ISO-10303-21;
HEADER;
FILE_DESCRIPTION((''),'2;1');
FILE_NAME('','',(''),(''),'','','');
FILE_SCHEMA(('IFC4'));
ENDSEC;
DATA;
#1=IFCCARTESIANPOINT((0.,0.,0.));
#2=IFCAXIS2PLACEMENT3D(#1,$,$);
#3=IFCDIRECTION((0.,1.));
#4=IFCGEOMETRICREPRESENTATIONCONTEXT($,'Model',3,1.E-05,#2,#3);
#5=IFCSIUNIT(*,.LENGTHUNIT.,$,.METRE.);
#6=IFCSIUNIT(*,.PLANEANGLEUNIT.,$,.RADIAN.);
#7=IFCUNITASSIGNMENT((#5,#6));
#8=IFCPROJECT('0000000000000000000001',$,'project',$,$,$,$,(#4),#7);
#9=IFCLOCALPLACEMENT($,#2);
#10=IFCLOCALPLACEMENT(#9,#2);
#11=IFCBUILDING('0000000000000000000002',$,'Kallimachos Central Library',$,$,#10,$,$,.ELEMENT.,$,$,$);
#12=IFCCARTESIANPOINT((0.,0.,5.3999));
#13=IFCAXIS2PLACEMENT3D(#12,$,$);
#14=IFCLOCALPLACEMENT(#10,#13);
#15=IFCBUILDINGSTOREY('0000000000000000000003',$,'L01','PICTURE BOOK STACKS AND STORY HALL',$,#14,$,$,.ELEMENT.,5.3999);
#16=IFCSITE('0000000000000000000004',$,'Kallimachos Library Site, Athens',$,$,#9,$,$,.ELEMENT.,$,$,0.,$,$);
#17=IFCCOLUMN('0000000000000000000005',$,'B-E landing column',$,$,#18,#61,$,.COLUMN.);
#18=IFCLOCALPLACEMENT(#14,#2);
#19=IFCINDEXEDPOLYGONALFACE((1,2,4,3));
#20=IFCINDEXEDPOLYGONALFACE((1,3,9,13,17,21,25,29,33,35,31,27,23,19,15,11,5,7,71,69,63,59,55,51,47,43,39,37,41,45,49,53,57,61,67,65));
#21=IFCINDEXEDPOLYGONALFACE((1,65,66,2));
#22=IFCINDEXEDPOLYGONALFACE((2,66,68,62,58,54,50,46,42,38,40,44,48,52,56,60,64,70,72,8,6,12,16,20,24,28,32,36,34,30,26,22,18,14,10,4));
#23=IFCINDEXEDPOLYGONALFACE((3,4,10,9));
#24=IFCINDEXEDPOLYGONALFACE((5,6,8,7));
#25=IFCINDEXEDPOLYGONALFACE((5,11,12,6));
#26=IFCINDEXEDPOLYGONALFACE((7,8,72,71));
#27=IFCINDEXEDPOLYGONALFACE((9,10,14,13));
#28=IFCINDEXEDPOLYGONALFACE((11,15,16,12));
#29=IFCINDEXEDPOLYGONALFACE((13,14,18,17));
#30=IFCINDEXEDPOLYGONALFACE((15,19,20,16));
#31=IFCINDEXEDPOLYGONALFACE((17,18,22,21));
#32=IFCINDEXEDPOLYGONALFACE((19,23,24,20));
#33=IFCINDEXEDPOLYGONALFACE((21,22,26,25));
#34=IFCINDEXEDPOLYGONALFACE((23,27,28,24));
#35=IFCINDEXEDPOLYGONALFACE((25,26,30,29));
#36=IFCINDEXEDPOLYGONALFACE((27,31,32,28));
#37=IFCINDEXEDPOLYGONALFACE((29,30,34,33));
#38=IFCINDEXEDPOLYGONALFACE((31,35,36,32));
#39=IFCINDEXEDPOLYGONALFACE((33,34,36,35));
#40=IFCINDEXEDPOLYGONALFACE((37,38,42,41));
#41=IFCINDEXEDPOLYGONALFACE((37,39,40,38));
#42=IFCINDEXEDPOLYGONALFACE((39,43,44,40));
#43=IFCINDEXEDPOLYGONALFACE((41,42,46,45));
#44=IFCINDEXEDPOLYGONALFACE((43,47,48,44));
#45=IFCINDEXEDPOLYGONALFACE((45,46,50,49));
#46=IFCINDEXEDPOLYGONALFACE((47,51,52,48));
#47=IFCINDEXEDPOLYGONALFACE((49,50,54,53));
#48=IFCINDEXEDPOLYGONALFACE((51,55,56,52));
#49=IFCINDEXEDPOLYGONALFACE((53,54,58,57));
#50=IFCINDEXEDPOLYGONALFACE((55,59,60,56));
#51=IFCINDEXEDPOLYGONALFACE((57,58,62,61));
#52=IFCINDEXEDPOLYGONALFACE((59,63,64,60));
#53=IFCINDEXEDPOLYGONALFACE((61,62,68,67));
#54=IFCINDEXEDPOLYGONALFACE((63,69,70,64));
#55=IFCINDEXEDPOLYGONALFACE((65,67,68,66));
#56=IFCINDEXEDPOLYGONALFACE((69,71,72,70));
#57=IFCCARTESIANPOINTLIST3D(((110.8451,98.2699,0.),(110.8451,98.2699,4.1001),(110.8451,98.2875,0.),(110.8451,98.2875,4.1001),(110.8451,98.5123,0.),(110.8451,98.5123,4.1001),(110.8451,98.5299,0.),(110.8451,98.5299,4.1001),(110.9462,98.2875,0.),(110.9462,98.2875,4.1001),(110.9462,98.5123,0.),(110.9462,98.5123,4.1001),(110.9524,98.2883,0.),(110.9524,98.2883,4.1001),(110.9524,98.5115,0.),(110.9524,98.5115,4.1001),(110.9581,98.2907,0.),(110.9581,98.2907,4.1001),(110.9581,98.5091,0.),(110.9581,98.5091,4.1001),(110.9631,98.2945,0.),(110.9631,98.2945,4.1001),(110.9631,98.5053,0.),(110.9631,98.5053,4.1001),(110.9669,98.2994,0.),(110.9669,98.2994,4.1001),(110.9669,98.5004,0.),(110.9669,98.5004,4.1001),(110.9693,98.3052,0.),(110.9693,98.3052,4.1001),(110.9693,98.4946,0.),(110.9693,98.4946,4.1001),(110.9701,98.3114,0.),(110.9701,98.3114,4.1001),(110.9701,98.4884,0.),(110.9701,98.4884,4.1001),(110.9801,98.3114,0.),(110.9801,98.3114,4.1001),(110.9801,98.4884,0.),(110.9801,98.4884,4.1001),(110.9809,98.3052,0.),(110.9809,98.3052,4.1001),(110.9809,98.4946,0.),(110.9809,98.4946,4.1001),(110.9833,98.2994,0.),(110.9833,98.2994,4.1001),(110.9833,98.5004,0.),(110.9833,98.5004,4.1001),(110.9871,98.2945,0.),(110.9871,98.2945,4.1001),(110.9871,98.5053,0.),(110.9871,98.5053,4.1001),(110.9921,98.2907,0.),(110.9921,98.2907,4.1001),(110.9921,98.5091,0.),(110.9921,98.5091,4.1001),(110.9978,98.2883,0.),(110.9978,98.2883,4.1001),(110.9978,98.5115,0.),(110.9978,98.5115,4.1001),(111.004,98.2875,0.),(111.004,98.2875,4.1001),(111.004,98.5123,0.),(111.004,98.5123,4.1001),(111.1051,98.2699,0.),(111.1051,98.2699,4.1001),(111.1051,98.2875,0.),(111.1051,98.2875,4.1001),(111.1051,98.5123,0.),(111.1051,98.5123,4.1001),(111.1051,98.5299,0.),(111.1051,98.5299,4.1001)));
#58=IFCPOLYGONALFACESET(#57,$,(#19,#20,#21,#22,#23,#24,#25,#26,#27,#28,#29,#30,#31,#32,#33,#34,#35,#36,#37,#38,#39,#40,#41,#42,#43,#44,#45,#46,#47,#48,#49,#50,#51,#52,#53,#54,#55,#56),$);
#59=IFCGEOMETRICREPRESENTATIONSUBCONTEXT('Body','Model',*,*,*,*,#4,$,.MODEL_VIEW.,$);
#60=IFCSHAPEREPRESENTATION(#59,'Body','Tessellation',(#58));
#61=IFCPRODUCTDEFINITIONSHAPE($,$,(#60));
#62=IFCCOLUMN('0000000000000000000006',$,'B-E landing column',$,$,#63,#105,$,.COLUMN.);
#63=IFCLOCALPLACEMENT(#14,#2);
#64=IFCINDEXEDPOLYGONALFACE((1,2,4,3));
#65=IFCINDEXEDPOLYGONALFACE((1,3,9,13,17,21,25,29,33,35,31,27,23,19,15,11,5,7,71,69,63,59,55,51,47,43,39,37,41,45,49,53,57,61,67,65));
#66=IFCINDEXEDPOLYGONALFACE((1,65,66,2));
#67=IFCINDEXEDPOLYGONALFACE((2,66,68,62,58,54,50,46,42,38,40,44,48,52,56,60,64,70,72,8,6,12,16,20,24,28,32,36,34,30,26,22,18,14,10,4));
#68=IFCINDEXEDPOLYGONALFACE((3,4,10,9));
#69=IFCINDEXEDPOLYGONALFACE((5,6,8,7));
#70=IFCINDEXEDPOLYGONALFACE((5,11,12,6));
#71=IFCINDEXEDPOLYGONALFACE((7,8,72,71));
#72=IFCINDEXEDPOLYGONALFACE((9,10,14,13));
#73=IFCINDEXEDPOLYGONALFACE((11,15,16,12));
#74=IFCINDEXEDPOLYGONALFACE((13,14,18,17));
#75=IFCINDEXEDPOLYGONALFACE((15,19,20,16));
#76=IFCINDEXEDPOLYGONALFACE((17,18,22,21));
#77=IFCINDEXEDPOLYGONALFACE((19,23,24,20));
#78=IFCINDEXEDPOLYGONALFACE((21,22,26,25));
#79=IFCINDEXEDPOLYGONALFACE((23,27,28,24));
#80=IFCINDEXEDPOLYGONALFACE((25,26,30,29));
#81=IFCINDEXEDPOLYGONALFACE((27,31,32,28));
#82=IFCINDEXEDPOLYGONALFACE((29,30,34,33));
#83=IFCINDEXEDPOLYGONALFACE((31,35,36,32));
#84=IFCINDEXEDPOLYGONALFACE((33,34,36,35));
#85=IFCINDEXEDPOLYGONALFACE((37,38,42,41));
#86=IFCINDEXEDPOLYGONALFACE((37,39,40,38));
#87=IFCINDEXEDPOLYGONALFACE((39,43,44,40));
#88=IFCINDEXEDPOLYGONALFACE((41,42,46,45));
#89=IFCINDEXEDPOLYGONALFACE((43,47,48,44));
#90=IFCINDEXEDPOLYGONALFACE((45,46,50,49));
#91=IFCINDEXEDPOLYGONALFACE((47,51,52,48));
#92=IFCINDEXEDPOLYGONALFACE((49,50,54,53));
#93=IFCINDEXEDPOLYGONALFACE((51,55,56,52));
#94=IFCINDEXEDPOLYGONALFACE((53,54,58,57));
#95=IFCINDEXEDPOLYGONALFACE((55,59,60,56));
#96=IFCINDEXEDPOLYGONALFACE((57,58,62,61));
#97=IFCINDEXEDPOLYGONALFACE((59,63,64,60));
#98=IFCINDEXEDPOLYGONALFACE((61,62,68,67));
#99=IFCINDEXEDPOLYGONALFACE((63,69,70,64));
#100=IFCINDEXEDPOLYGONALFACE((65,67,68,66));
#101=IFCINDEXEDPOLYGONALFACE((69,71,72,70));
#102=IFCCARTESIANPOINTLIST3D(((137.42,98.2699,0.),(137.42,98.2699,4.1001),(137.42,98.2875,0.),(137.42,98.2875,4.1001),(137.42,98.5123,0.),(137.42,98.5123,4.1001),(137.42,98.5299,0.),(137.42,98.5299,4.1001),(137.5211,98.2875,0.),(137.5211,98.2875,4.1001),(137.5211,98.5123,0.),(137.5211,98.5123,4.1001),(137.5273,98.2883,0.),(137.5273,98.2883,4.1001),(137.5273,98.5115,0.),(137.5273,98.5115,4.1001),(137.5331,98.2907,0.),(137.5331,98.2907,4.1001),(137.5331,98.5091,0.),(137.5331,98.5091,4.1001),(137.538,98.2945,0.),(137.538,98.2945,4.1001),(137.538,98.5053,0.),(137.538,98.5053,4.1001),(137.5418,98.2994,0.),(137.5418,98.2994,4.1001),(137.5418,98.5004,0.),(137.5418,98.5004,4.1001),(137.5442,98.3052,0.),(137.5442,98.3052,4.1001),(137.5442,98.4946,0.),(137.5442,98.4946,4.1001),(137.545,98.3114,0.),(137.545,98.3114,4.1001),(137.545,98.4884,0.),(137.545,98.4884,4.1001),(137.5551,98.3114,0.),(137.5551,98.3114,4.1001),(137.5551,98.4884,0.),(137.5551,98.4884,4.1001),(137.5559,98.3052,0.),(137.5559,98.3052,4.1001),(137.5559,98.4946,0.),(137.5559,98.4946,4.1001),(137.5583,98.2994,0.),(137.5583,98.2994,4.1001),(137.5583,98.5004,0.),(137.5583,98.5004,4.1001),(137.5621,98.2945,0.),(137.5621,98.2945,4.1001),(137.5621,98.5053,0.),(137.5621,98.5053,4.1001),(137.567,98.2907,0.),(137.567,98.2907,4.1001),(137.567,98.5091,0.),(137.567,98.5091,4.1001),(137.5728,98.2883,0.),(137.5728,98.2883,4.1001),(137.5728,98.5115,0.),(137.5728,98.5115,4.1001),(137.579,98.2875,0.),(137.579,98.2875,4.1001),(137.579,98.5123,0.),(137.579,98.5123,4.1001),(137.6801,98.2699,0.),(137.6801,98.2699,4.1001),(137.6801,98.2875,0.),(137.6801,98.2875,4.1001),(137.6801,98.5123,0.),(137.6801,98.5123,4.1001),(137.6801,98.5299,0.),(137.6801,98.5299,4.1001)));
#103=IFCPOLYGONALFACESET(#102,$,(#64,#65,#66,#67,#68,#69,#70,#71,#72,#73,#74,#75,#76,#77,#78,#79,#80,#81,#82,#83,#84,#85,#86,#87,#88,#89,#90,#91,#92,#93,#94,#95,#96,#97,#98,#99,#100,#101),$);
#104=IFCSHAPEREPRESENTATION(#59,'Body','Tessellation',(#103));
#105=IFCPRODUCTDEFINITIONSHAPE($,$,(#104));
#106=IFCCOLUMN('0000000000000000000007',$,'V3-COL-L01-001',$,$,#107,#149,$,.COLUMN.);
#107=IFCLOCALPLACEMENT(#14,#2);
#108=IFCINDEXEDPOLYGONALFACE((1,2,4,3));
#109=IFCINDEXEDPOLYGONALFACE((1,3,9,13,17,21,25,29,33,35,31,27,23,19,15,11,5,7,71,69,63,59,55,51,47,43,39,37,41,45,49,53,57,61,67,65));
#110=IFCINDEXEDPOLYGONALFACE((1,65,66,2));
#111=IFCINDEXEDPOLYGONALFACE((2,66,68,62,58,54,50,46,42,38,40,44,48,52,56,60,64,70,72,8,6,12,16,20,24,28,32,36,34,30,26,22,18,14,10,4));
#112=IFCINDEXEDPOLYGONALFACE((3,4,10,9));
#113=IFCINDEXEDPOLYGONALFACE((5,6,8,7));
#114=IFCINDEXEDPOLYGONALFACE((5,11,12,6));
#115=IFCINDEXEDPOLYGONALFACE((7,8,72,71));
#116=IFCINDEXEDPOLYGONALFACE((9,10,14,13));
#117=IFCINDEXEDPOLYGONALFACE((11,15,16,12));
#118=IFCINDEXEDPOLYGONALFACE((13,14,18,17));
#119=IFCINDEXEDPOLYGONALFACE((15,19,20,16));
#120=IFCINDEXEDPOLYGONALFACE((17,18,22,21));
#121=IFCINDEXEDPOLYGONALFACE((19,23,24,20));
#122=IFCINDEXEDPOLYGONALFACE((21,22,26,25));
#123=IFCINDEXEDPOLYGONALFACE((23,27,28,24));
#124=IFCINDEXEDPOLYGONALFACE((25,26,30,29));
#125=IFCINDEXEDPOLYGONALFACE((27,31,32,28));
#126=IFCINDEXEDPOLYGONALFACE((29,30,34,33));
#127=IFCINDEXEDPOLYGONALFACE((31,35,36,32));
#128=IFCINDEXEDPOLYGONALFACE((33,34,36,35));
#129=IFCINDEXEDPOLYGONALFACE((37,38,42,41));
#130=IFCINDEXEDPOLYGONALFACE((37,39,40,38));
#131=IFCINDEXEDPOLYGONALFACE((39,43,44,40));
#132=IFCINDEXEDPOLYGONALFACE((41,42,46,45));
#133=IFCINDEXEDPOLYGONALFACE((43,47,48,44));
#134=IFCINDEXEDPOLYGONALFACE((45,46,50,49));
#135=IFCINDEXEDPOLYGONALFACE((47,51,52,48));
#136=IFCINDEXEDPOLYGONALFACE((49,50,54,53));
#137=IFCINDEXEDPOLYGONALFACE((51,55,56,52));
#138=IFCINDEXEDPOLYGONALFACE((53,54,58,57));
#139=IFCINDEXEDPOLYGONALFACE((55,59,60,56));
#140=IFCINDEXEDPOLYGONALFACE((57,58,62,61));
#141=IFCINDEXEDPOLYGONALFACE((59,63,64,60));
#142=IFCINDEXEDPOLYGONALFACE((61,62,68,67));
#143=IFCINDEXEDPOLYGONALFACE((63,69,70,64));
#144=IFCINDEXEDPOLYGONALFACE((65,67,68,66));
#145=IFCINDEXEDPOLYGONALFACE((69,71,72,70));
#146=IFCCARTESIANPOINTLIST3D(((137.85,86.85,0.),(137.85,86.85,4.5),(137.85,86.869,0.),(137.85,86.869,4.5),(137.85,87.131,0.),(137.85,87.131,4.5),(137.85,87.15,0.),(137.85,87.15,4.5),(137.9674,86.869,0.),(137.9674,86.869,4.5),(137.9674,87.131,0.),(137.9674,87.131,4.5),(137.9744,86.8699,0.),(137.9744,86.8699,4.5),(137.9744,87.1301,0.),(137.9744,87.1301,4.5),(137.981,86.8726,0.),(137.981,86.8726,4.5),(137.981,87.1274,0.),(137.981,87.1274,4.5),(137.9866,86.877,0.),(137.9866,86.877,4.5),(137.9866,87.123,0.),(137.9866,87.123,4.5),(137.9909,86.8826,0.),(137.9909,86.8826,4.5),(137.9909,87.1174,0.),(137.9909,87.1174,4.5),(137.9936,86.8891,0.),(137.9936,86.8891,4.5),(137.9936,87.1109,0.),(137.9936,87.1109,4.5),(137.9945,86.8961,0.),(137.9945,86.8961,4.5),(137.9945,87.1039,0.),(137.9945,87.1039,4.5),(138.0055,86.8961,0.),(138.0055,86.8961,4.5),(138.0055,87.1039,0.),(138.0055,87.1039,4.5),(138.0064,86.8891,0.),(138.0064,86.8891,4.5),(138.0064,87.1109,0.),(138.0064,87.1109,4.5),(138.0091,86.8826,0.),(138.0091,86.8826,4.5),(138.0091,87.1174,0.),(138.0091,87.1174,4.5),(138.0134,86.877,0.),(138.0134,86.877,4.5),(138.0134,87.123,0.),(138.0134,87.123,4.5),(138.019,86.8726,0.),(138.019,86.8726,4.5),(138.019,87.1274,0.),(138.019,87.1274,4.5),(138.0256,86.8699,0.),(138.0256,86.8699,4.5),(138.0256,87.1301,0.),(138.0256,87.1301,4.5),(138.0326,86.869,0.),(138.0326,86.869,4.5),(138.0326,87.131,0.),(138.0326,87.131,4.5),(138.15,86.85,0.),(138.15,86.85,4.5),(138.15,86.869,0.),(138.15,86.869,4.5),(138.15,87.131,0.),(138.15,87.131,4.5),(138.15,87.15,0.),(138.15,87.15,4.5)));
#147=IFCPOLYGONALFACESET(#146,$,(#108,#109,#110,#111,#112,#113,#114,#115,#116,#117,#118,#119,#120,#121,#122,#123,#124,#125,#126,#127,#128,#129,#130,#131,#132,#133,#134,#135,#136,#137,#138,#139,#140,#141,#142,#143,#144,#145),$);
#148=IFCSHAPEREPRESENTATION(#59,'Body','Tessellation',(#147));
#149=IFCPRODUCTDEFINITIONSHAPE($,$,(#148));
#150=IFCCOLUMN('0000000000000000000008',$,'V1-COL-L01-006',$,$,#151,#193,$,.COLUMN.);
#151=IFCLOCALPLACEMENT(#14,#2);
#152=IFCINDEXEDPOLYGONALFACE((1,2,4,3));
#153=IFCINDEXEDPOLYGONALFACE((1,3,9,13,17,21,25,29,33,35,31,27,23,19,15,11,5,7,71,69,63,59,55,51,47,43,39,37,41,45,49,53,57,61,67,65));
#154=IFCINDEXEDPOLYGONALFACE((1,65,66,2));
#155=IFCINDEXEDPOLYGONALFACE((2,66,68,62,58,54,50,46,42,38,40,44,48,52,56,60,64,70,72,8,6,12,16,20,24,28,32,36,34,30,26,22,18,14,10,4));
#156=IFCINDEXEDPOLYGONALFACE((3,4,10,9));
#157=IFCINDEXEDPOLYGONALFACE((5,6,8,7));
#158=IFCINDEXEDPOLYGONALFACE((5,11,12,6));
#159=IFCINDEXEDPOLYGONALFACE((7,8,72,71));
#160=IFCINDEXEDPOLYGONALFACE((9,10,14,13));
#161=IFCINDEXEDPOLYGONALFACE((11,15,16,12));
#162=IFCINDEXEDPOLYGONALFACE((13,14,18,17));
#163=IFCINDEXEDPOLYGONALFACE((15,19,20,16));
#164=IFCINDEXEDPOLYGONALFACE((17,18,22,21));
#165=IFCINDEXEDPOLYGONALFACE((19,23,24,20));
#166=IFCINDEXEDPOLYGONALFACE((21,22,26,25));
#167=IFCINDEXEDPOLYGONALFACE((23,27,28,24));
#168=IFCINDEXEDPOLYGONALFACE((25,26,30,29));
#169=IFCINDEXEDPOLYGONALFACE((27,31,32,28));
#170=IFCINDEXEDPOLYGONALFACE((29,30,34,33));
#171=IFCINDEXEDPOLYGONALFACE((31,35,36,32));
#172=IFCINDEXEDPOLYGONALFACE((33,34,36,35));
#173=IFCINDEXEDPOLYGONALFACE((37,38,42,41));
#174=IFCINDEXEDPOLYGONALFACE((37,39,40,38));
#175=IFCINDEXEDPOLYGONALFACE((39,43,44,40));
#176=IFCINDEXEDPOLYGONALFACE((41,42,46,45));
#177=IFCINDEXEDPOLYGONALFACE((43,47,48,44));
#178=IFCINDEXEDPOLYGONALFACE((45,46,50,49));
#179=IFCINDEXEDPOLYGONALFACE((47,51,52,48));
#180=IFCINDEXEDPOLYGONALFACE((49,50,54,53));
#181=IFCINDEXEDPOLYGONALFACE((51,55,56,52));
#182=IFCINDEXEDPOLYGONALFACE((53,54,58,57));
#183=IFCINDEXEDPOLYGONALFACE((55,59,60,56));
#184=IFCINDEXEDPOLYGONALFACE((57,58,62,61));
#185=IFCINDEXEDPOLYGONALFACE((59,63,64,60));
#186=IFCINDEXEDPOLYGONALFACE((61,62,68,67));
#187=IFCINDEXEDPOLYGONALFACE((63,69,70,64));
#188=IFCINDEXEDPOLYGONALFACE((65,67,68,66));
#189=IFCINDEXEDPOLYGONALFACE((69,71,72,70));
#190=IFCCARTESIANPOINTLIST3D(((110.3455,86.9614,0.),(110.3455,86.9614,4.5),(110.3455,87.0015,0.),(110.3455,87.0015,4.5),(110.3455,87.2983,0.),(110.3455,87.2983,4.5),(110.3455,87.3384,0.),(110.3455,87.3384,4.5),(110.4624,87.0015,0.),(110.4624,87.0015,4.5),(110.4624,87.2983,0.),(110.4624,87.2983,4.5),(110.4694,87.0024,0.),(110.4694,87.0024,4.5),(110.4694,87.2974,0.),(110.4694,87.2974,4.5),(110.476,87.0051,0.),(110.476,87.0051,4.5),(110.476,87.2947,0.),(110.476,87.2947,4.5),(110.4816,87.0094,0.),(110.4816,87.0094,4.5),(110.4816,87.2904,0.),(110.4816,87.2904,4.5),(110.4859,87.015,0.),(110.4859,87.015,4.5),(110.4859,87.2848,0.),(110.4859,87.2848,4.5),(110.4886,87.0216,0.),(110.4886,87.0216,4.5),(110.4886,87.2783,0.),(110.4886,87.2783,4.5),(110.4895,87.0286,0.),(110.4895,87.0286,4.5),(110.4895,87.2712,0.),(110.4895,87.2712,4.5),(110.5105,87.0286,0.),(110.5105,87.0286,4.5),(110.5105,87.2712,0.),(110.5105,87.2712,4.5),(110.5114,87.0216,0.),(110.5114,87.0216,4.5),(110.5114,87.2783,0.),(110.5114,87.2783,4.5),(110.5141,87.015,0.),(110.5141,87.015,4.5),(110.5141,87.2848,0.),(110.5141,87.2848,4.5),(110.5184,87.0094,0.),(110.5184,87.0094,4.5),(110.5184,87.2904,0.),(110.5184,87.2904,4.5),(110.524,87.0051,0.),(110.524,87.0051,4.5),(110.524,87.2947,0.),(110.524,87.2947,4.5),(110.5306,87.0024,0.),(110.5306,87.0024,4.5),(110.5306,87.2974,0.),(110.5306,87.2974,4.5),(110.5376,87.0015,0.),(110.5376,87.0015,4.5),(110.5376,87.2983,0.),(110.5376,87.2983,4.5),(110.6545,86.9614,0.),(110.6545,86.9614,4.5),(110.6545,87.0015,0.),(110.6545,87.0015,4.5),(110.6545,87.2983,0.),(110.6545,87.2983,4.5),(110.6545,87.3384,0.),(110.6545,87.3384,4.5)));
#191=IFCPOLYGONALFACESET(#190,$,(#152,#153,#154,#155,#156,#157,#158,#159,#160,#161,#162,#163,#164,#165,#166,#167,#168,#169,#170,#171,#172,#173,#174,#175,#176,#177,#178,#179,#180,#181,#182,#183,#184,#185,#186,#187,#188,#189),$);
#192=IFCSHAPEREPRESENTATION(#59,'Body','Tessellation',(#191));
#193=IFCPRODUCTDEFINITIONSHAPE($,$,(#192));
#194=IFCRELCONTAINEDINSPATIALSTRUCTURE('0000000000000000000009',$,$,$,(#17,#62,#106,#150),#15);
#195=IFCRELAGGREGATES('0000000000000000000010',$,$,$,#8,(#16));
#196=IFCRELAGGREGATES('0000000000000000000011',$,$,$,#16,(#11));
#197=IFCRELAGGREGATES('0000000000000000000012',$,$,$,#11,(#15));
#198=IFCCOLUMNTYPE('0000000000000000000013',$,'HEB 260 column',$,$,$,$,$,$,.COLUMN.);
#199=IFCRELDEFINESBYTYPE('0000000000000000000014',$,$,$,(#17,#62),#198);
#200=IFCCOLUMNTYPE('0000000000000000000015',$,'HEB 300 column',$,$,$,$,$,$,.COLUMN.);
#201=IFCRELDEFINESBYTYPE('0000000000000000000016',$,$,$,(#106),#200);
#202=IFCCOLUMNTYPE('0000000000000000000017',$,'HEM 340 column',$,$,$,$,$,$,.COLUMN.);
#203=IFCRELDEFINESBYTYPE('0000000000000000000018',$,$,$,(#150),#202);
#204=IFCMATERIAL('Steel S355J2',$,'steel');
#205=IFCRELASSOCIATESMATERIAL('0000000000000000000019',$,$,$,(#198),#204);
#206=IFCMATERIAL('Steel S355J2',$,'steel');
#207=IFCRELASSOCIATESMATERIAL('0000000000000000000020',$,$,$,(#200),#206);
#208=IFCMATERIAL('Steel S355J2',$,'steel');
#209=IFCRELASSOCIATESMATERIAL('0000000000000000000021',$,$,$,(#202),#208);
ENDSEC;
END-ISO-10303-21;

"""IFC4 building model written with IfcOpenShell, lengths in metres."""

from ifc_helpers import new_model, si_unit, direction, frame, origin, origin_2d, place, context, subcontext, project, spatial, i_section, extrude, material, material_profile, profile_set, type_object, element, save


model = new_model("IFC4")

# Units and contexts
model_context = context("Model", 3, precision=1e-05, world=origin(), true_north=direction((0.0, 1.0)))
body_context = subcontext(model_context, "Body", "Model", "MODEL_VIEW")
ifc_project = project(units=[si_unit("LENGTHUNIT", "METRE"), si_unit("PLANEANGLEUNIT", "RADIAN")], contexts=[model_context])

# Site, building, storey
site_placement = place(None, origin())
site = spatial("IfcSite", under=ifc_project, at=site_placement, Name="Kallimachos Library Site, Athens", CompositionType="ELEMENT", RefElevation=0.0)
building_placement = place(site_placement, origin())
building = spatial("IfcBuilding", under=site, at=building_placement, Name="Kallimachos Central Library", CompositionType="ELEMENT")
storey_placement = place(building_placement, frame((0.0, 0.0, 5.3999)))
storey = spatial("IfcBuildingStorey", under=building, at=storey_placement, Name="L01", Description="PICTURE BOOK STACKS AND STORY HALL", CompositionType="ELEMENT", Elevation=5.3999)

# Columns
ifc_material_1 = material(Name="Steel S355J2", Category="steel")
ifc_material_profile_1 = material_profile(ifc_material_1, i_section(OverallWidth=0.26, OverallDepth=0.26, WebThickness=0.01, FlangeThickness=0.0176, FilletRadius=0.0239, at=origin_2d()), Name="HEB 260")
ifc_profile_set_1 = profile_set([ifc_material_profile_1], Name="Steel S355J2")
column_type_1 = type_object("IfcColumnType", Name="HEB 260 column", PredefinedType="COLUMN", material=ifc_profile_set_1)
for number, where, z_axis, x_axis, name in (
    (1, (110.9751, 98.3999, 0.0), (0.0, 0.0, 1.0), (1.0, 0.0, 0.0), "B-E landing column"),
    (2, (137.55, 98.3999, 0.0), (0.0, 0.0, 1.0), (1.0, 0.0, 0.0), "B-E landing column"),
):
    element("IfcColumn", number, at=place(storey_placement, frame(where, z_axis=z_axis, x_axis=x_axis)), inside=storey, type_object=column_type_1, Name=name, PredefinedType="COLUMN", context=body_context, shape_type="SweptSolid", body=[
        extrude(i_section(OverallWidth=0.26, OverallDepth=0.26, WebThickness=0.01, FlangeThickness=0.0176, FilletRadius=0.0239, at=origin_2d()), origin(), (0.0, 0.0, 1.0), 4.1001),
    ])
ifc_material_2 = material(Name="Steel S355J2", Category="steel")
ifc_material_profile_2 = material_profile(ifc_material_2, i_section(OverallWidth=0.3, OverallDepth=0.3, WebThickness=0.011, FlangeThickness=0.019, FilletRadius=0.0271, at=origin_2d()), Name="HEB 300")
ifc_profile_set_2 = profile_set([ifc_material_profile_2], Name="Steel S355J2")
column_type_2 = type_object("IfcColumnType", Name="HEB 300 column", PredefinedType="COLUMN", material=ifc_profile_set_2)
column_placement = place(storey_placement, frame((138.0, 87.0, 0.0), z_axis=(0.0, 0.0, 1.0), x_axis=(1.0, 0.0, 0.0)))
element("IfcColumn", 3, at=column_placement, inside=storey, type_object=column_type_2, Name="V3-COL-L01-001", PredefinedType="COLUMN", context=body_context, shape_type="SweptSolid", body=[
    extrude(i_section(OverallWidth=0.3, OverallDepth=0.3, WebThickness=0.011, FlangeThickness=0.019, FilletRadius=0.0271, at=origin_2d()), origin(), (0.0, 0.0, 1.0), 4.5),
])
ifc_material_3 = material(Name="Steel S355J2", Category="steel")
ifc_material_profile_3 = material_profile(ifc_material_3, i_section(OverallWidth=0.3091, OverallDepth=0.377, WebThickness=0.021, FlangeThickness=0.04, FilletRadius=0.0271, at=origin_2d()), Name="HEM 340")
ifc_profile_set_3 = profile_set([ifc_material_profile_3], Name="Steel S355J2")
column_type_3 = type_object("IfcColumnType", Name="HEM 340 column", PredefinedType="COLUMN", material=ifc_profile_set_3)
for number, where, z_axis, x_axis, name in (
    (4, (110.5, 87.1499, 0.0), (0.0, 0.0, 1.0), (1.0, 0.0, 0.0), "V1-COL-L01-006"),
):
    element("IfcColumn", number, at=place(storey_placement, frame(where, z_axis=z_axis, x_axis=x_axis)), inside=storey, type_object=column_type_3, Name=name, PredefinedType="COLUMN", context=body_context, shape_type="SweptSolid", body=[
        extrude(i_section(OverallWidth=0.3091, OverallDepth=0.377, WebThickness=0.021, FlangeThickness=0.04, FilletRadius=0.0271, at=origin_2d()), origin(), (0.0, 0.0, 1.0), 4.5),
    ])

save(model, "model.ifc")
